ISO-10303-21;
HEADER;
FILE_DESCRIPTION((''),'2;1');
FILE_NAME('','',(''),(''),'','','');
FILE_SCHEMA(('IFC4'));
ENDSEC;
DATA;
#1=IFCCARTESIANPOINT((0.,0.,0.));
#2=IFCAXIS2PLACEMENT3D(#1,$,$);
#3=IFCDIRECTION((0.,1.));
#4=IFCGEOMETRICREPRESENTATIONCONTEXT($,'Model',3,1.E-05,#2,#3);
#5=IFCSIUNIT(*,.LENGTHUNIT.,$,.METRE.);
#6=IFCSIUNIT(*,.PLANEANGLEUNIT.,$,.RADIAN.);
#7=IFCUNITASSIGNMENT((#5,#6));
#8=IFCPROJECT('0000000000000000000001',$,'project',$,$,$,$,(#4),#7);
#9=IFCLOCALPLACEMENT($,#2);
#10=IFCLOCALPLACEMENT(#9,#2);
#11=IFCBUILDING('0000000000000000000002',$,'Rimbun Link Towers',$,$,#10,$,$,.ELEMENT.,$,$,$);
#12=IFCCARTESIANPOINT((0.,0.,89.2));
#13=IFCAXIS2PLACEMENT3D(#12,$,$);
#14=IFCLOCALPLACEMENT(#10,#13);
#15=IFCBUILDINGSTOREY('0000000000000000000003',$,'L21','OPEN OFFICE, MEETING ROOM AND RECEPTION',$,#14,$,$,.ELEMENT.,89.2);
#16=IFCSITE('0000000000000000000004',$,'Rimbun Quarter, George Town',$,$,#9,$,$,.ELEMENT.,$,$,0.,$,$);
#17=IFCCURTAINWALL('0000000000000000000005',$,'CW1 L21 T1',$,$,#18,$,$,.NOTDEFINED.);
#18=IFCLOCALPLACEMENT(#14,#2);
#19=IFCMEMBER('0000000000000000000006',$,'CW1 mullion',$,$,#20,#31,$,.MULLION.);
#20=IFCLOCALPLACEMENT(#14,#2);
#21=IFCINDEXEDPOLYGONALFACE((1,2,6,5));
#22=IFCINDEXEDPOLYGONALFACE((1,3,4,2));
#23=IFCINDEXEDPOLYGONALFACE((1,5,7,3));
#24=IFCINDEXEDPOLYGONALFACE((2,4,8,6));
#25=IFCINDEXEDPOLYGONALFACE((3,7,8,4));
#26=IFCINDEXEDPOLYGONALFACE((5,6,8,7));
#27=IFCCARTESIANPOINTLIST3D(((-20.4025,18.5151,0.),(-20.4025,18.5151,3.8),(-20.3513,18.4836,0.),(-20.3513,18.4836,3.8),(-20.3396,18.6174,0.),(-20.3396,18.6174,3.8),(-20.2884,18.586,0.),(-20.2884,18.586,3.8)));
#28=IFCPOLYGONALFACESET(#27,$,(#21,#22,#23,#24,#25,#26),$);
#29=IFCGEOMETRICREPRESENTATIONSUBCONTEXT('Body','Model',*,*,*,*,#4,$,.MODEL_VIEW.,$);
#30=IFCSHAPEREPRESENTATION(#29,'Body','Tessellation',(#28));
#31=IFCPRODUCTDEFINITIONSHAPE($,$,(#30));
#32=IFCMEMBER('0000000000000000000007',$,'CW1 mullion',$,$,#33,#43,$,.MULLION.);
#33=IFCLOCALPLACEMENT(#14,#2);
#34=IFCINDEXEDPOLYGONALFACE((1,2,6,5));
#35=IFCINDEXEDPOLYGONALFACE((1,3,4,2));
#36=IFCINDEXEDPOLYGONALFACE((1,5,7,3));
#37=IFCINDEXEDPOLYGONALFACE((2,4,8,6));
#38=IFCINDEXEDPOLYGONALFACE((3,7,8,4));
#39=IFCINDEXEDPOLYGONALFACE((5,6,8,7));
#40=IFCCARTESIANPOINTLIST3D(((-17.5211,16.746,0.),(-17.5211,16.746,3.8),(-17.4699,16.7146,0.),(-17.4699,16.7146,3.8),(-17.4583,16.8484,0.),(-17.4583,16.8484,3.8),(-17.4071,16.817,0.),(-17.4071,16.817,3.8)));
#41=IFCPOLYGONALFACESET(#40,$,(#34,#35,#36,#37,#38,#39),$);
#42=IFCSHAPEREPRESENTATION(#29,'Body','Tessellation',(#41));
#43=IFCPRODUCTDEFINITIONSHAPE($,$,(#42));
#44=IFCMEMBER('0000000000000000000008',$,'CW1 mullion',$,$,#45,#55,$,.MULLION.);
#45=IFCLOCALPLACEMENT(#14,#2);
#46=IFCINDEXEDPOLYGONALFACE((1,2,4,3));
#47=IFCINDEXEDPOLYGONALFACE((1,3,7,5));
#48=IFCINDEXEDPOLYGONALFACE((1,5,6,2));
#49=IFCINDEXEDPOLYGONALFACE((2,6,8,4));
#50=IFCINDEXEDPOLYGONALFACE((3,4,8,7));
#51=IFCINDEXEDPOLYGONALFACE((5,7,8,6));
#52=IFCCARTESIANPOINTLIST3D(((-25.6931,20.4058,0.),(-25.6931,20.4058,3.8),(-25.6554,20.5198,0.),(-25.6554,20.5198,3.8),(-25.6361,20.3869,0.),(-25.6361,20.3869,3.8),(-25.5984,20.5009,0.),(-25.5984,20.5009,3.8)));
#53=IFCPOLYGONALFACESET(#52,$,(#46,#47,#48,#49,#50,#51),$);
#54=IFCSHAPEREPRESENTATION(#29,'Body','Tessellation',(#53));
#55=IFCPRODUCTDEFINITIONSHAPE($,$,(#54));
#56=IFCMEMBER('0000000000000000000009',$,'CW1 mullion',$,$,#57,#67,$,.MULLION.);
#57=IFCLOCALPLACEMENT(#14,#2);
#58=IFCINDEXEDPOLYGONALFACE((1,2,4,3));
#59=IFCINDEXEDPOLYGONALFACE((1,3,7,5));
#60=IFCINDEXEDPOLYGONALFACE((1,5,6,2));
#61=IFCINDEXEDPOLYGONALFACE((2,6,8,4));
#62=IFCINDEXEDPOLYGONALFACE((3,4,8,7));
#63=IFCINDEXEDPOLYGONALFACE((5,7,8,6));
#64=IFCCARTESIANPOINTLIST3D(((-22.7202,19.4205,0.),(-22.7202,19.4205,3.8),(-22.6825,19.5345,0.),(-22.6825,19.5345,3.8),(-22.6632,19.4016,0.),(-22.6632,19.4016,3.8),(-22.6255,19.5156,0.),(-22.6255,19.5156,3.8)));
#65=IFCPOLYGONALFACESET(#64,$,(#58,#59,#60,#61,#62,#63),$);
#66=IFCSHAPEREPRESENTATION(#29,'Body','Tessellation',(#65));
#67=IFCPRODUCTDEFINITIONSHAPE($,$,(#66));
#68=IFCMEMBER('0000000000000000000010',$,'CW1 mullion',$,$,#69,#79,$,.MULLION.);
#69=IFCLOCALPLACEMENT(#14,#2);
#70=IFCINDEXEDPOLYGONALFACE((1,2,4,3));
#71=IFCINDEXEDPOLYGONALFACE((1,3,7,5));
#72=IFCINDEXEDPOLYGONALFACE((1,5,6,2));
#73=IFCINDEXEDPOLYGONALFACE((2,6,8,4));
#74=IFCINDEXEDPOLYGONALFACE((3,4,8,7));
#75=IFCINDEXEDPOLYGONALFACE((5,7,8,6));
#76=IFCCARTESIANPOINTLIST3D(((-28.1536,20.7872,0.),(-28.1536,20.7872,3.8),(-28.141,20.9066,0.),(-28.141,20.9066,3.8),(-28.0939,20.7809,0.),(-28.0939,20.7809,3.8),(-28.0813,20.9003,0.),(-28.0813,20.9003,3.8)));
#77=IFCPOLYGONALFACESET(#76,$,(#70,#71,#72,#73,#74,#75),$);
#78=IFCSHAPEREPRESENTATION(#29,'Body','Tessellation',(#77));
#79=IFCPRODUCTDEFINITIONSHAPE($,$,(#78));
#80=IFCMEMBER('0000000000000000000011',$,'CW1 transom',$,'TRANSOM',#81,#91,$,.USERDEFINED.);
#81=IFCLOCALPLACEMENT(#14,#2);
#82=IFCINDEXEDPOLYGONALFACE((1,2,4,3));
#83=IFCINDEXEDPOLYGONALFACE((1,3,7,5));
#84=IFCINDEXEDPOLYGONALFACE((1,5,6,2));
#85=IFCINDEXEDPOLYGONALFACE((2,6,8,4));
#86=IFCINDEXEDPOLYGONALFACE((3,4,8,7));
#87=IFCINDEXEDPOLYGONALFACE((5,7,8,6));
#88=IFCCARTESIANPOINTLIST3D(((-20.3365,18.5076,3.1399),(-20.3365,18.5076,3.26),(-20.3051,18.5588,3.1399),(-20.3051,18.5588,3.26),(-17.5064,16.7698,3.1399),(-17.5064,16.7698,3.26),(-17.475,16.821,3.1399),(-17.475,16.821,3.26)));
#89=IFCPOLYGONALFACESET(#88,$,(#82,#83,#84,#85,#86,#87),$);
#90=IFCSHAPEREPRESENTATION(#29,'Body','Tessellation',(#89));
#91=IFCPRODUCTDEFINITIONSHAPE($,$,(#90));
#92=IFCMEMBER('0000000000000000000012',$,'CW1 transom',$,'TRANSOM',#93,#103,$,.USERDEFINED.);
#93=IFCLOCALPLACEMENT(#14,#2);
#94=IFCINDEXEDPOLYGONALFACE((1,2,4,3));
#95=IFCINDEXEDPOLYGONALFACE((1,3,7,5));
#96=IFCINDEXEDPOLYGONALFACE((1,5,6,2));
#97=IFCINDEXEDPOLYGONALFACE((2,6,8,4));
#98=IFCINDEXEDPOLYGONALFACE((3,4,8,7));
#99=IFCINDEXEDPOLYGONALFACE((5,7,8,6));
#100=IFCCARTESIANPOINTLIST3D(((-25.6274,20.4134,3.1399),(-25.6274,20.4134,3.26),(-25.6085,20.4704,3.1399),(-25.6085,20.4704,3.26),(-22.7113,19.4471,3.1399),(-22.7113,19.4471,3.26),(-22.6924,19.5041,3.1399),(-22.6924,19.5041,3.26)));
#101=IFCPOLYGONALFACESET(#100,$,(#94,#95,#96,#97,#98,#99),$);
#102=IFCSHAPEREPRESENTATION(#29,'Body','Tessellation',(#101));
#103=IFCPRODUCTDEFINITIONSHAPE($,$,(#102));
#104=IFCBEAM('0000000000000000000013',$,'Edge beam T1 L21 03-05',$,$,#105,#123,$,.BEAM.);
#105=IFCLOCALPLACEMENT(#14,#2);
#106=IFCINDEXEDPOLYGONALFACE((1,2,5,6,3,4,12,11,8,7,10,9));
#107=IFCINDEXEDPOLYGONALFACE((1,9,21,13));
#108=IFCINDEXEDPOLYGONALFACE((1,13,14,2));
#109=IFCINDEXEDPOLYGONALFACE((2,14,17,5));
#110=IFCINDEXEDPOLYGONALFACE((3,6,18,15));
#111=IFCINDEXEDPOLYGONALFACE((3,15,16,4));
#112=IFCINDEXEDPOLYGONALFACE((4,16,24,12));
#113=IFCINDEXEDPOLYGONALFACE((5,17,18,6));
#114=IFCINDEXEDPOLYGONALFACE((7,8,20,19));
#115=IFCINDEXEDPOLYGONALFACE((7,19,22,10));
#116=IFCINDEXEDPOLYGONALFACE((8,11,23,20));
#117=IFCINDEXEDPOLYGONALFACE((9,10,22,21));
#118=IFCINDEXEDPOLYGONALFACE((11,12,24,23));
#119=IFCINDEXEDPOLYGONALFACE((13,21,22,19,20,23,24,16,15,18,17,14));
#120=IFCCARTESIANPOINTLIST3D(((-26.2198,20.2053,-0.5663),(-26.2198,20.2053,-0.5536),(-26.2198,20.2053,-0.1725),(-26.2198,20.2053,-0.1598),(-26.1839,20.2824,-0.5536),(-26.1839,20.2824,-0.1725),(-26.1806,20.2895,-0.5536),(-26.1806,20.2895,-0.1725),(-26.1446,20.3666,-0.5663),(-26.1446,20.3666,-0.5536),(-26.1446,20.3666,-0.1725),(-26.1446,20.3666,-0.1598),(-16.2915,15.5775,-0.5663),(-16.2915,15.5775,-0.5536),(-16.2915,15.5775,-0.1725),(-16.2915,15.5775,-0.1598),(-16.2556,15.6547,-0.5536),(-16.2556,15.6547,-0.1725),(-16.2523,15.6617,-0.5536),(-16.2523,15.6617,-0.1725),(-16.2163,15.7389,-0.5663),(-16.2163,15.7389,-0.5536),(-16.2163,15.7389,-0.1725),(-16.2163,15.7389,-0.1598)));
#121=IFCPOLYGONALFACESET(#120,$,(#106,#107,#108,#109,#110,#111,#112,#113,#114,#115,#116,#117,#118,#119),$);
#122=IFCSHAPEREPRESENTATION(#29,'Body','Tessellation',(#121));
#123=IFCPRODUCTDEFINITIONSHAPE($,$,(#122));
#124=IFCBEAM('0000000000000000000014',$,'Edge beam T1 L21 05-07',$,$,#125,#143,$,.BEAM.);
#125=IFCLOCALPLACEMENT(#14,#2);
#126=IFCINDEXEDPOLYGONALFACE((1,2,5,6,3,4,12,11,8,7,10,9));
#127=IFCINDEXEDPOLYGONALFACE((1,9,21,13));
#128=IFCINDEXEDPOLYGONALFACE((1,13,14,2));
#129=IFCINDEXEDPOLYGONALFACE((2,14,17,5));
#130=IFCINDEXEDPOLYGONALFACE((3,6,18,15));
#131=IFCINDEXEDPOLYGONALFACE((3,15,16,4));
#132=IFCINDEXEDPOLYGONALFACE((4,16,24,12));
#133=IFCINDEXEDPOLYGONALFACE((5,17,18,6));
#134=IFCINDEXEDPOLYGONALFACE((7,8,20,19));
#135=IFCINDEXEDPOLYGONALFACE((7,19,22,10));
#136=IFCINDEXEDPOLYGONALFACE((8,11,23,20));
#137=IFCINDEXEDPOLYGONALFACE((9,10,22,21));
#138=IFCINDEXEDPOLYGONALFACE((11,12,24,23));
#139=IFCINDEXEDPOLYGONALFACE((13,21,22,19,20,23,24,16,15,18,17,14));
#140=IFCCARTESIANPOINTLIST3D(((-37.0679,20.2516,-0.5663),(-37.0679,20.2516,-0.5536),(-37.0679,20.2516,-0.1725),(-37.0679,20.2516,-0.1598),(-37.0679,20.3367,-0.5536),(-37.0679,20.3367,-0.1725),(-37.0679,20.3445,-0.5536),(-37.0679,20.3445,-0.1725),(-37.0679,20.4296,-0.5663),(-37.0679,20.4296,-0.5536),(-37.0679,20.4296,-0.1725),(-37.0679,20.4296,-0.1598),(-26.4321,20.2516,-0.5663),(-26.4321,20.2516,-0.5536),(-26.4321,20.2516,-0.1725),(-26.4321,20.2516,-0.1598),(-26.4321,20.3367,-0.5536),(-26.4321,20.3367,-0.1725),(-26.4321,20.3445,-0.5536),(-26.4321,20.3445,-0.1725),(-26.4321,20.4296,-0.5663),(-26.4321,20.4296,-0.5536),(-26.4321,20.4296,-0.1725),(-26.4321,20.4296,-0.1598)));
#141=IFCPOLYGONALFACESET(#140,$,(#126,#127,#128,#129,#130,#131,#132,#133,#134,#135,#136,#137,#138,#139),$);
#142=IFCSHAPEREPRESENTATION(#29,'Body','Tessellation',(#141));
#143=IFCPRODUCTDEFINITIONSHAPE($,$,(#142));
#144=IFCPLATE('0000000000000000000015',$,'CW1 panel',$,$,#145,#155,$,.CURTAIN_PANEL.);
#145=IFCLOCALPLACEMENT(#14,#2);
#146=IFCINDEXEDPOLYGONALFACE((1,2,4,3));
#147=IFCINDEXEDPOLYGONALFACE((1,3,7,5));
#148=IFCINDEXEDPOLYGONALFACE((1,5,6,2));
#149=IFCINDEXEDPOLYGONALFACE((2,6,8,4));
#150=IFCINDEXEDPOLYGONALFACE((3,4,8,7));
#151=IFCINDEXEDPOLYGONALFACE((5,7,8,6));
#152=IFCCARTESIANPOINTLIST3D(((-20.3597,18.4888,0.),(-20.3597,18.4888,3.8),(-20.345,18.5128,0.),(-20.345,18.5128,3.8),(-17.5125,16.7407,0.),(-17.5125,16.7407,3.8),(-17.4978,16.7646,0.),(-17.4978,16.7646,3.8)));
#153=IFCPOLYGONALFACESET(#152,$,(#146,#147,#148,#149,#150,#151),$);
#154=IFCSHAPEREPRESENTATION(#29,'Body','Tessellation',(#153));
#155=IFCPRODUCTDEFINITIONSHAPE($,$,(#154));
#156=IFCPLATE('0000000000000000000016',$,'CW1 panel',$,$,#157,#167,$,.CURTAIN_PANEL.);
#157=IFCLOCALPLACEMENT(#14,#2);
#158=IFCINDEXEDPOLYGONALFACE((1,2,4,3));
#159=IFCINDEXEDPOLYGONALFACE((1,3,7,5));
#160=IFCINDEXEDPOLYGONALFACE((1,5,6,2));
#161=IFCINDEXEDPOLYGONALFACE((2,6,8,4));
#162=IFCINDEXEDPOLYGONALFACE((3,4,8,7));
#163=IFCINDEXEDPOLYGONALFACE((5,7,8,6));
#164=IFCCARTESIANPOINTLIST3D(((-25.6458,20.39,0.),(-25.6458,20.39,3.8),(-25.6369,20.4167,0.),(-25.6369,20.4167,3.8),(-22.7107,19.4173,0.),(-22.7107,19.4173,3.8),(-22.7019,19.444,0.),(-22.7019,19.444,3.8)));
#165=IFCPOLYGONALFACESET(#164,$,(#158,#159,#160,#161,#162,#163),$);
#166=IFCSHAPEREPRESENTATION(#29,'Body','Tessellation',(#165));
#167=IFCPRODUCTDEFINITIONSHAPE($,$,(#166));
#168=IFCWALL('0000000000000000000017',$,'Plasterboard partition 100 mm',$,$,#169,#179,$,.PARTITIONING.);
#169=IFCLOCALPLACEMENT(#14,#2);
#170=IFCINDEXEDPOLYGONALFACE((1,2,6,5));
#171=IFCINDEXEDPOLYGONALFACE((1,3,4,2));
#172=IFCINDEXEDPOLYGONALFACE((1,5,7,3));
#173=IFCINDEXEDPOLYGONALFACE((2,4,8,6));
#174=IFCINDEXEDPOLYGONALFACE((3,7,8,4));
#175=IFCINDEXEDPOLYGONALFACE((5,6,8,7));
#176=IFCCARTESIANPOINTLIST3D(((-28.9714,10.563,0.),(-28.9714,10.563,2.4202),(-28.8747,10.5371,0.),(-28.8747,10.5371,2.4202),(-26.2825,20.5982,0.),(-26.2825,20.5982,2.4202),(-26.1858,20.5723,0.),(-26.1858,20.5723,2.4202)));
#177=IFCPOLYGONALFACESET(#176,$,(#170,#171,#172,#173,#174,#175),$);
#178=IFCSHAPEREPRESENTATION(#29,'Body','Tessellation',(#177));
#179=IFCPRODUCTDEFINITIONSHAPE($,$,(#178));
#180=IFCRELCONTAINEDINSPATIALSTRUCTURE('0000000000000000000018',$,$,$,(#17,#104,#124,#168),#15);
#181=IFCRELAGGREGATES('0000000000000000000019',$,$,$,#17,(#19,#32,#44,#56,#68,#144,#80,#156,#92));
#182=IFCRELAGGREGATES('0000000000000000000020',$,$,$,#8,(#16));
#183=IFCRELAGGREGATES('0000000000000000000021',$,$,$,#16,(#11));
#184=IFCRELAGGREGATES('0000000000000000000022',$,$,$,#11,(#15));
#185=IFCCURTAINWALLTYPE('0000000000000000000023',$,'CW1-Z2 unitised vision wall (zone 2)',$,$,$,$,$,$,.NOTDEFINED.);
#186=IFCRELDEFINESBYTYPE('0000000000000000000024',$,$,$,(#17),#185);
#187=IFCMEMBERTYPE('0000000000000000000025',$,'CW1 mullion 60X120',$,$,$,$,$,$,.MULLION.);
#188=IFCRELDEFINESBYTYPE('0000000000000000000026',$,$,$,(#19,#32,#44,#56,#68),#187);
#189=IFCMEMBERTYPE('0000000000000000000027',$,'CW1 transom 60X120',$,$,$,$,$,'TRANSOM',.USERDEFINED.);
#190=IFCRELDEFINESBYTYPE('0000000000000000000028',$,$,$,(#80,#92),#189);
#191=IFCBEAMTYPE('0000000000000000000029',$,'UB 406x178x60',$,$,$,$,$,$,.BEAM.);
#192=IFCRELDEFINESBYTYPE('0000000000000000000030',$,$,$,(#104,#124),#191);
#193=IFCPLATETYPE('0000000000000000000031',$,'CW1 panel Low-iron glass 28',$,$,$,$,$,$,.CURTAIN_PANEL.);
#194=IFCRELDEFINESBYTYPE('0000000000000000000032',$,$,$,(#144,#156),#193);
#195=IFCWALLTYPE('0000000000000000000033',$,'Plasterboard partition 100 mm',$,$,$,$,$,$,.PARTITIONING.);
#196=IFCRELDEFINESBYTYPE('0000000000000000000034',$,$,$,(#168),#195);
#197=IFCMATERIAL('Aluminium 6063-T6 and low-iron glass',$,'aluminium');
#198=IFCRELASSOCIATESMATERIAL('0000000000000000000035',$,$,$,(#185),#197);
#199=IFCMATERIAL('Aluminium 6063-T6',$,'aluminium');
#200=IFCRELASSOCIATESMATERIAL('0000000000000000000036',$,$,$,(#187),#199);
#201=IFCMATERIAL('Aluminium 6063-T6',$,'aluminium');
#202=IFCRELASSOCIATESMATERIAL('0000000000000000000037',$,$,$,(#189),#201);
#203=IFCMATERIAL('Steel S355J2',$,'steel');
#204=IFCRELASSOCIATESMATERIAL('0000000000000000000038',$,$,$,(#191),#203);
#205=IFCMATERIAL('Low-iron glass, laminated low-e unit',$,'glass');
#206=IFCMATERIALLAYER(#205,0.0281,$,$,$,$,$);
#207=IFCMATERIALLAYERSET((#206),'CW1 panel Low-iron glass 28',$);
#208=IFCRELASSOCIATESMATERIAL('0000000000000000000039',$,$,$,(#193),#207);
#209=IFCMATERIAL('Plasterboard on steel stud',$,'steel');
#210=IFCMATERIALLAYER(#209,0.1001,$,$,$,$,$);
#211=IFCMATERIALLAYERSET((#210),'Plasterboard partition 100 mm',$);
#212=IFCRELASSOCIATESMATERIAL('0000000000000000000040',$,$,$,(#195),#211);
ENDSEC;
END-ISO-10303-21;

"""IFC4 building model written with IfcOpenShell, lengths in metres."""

from ifc_helpers import new_model, si_unit, direction, frame, frame_2d, origin, origin_2d, place, context, subcontext, project, spatial, rectangle, i_section, extrude, material, layer, layer_set, material_profile, profile_set, type_object, element, aggregate, save


model = new_model("IFC4")

# Units and contexts
model_context = context("Model", 3, precision=1e-05, world=origin(), true_north=direction((0.0, 1.0)))
body_context = subcontext(model_context, "Body", "Model", "MODEL_VIEW")
ifc_project = project(units=[si_unit("LENGTHUNIT", "METRE"), si_unit("PLANEANGLEUNIT", "RADIAN")], contexts=[model_context])

# Site, building, storey
site_placement = place(None, origin())
site = spatial("IfcSite", under=ifc_project, at=site_placement, Name="Rimbun Quarter, George Town", CompositionType="ELEMENT", RefElevation=0.0)
building_placement = place(site_placement, origin())
building = spatial("IfcBuilding", under=site, at=building_placement, Name="Rimbun Link Towers", CompositionType="ELEMENT")
storey_placement = place(building_placement, frame((0.0, 0.0, 89.2)))
storey = spatial("IfcBuildingStorey", under=building, at=storey_placement, Name="L21", Description="OPEN OFFICE, MEETING ROOM AND RECEPTION", CompositionType="ELEMENT", Elevation=89.2)

# Curtain wall, members
ifc_material_1 = material(Name="Aluminium 6063-T6 and low-iron glass", Category="aluminium")
curtain_wall_type = type_object("IfcCurtainWallType", Name="CW1-Z2 unitised vision wall (zone 2)", PredefinedType="NOTDEFINED", material=ifc_material_1)
curtain_wall_placement = place(storey_placement, origin())
curtain_wall = element("IfcCurtainWall", 1, at=curtain_wall_placement, inside=storey, type_object=curtain_wall_type, Name="CW1 L21 T1", PredefinedType="NOTDEFINED")
ifc_material_2 = material(Name="Aluminium 6063-T6", Category="aluminium")
ifc_material_profile_1 = material_profile(ifc_material_2, rectangle(XDim=0.1201, YDim=0.0601, at=origin_2d()), Name="MULLION 60X120")
ifc_profile_set_1 = profile_set([ifc_material_profile_1], Name="Aluminium 6063-T6")
member_type_1 = type_object("IfcMemberType", Name="CW1 mullion 60X120", PredefinedType="MULLION", material=ifc_profile_set_1)
member_1_placement = place(storey_placement, frame((-20.3455, 18.5505, 0.0), z_axis=(0.0, 0.0, 1.0), x_axis=(0.523237, 0.852187, 0.0)))
member_1 = element("IfcMember", 2, at=member_1_placement, type_object=member_type_1, Name="CW1 mullion", PredefinedType="MULLION", context=body_context, shape_type="SweptSolid", body=[
    extrude(rectangle(XDim=0.1201, YDim=0.0601, at=origin_2d()), origin(), (0.0, 0.0, 1.0), 3.8),
])
member_2_placement = place(storey_placement, frame((-17.4641, 16.7815, 0.0), z_axis=(0.0, 0.0, 1.0), x_axis=(0.523237, 0.852187, 0.0)))
member_2 = element("IfcMember", 3, at=member_2_placement, type_object=member_type_1, Name="CW1 mullion", PredefinedType="MULLION", context=body_context, shape_type="SweptSolid", body=[
    extrude(rectangle(XDim=0.1201, YDim=0.0601, at=origin_2d()), origin(), (0.0, 0.0, 1.0), 3.8),
])
member_3_placement = place(storey_placement, frame((-25.6458, 20.4534, 0.0), z_axis=(0.0, 0.0, 1.0), x_axis=(0.314576, 0.949232, 0.0)))
member_3 = element("IfcMember", 4, at=member_3_placement, type_object=member_type_1, Name="CW1 mullion", PredefinedType="MULLION", context=body_context, shape_type="SweptSolid", body=[
    extrude(rectangle(XDim=0.1201, YDim=0.0601, at=origin_2d()), origin(), (0.0, 0.0, 1.0), 3.8),
])
member_4_placement = place(storey_placement, frame((-22.6729, 19.468, 0.0), z_axis=(0.0, 0.0, 1.0), x_axis=(0.314576, 0.949232, 0.0)))
member_4 = element("IfcMember", 5, at=member_4_placement, type_object=member_type_1, Name="CW1 mullion", PredefinedType="MULLION", context=body_context, shape_type="SweptSolid", body=[
    extrude(rectangle(XDim=0.1201, YDim=0.0601, at=origin_2d()), origin(), (0.0, 0.0, 1.0), 3.8),
])
member_5_placement = place(storey_placement, frame((-28.1174, 20.8438, 0.0), z_axis=(0.0, 0.0, 1.0), x_axis=(0.104736, 0.9945, 0.0)))
member_5 = element("IfcMember", 6, at=member_5_placement, type_object=member_type_1, Name="CW1 mullion", PredefinedType="MULLION", context=body_context, shape_type="SweptSolid", body=[
    extrude(rectangle(XDim=0.1201, YDim=0.0601, at=origin_2d()), origin(), (0.0, 0.0, 1.0), 3.8),
])
ifc_material_3 = material(Name="Aluminium 6063-T6", Category="aluminium")
ifc_material_profile_2 = material_profile(ifc_material_3, rectangle(XDim=0.0601, YDim=0.1201, at=origin_2d()), Name="TRANSOM 60X120")
ifc_profile_set_2 = profile_set([ifc_material_profile_2], Name="Aluminium 6063-T6")
member_type_2 = type_object("IfcMemberType", Name="CW1 transom 60X120", ElementType="TRANSOM", PredefinedType="USERDEFINED", material=ifc_profile_set_2)
member_6_placement = place(storey_placement, frame((-20.3208, 18.5332, 3.2), z_axis=(0.852168, -0.523269, 0.0), x_axis=(0.523269, 0.852168, 0.0)))
member_6 = element("IfcMember", 7, at=member_6_placement, type_object=member_type_2, Name="CW1 transom", ObjectType="TRANSOM", PredefinedType="USERDEFINED", context=body_context, shape_type="SweptSolid", body=[
    extrude(rectangle(XDim=0.0601, YDim=0.1201, at=origin_2d()), origin(), (0.0, 0.0, 1.0), 3.321),
])
member_7_placement = place(storey_placement, frame((-25.6179, 20.4419, 3.2), z_axis=(0.949238, -0.314558, 0.0), x_axis=(0.314558, 0.949238, 0.0)))
member_7 = element("IfcMember", 8, at=member_7_placement, type_object=member_type_2, Name="CW1 transom", ObjectType="TRANSOM", PredefinedType="USERDEFINED", context=body_context, shape_type="SweptSolid", body=[
    extrude(rectangle(XDim=0.0601, YDim=0.1201, at=origin_2d()), origin(), (0.0, 0.0, 1.0), 3.072),
])

# Beams
ifc_material_4 = material(Name="Steel S355J2", Category="steel")
ifc_material_profile_3 = material_profile(ifc_material_4, i_section(OverallWidth=0.178, OverallDepth=0.4065, WebThickness=0.0078, FlangeThickness=0.0127, at=origin_2d()), Name="UB 406x178x60")
ifc_profile_set_3 = profile_set([ifc_material_profile_3], Name="Steel S355J2")
beam_type = type_object("IfcBeamType", Name="UB 406x178x60", PredefinedType="BEAM", material=ifc_profile_set_3)
beam_1_placement = place(storey_placement, frame((-16.2539, 15.6582, -0.363), z_axis=(-0.906375, 0.422474, 0.0), x_axis=(-0.422474, -0.906375, 0.0)))
element("IfcBeam", 9, at=beam_1_placement, inside=storey, type_object=beam_type, Name="Edge beam T1 L21 03-05", PredefinedType="BEAM", context=body_context, shape_type="SweptSolid", body=[
    extrude(i_section(OverallWidth=0.178, OverallDepth=0.4065, WebThickness=0.0078, FlangeThickness=0.0127, at=origin_2d()), origin(), (0.0, 0.0, 1.0), 10.9539),
])
beam_2_placement = place(storey_placement, frame((-26.4321, 20.3406, -0.363), z_axis=(-1.0, 0.0, 0.0), x_axis=(0.0, -1.0, 0.0)))
element("IfcBeam", 10, at=beam_2_placement, inside=storey, type_object=beam_type, Name="Edge beam T1 L21 05-07", PredefinedType="BEAM", context=body_context, shape_type="SweptSolid", body=[
    extrude(i_section(OverallWidth=0.178, OverallDepth=0.4065, WebThickness=0.0078, FlangeThickness=0.0127, at=origin_2d()), origin(), (0.0, 0.0, 1.0), 10.6357),
])

# Plates
ifc_material_5 = material(Name="Low-iron glass, laminated low-e unit", Category="glass")
ifc_layer_1 = layer(ifc_material_5, 0.0281)
ifc_layer_set_1 = layer_set([ifc_layer_1], Name="CW1 panel Low-iron glass 28")
plate_type = type_object("IfcPlateType", Name="CW1 panel Low-iron glass 28", PredefinedType="CURTAIN_PANEL", material=ifc_layer_set_1)
plate_1_placement = place(storey_placement, frame((-18.9287, 17.6267, 0.0), z_axis=(0.0, 0.0, 1.0), x_axis=(0.852187, -0.523237, 0.0)))
plate_1 = element("IfcPlate", 11, at=plate_1_placement, type_object=plate_type, Name="CW1 panel", PredefinedType="CURTAIN_PANEL", context=body_context, shape_type="SweptSolid", body=[
    extrude(rectangle(XDim=3.3411, YDim=0.0281, at=origin_2d()), origin(), (0.0, 0.0, 1.0), 3.8),
])
plate_2_placement = place(storey_placement, frame((-24.1738, 19.917, 0.0), z_axis=(0.0, 0.0, 1.0), x_axis=(0.949232, -0.314576, 0.0)))
plate_2 = element("IfcPlate", 12, at=plate_2_placement, type_object=plate_type, Name="CW1 panel", PredefinedType="CURTAIN_PANEL", context=body_context, shape_type="SweptSolid", body=[
    extrude(rectangle(XDim=3.092, YDim=0.0281, at=origin_2d()), origin(), (0.0, 0.0, 1.0), 3.8),
])
aggregate(curtain_wall, [member_1, member_2, member_3, member_4, member_5, plate_1, member_6, plate_2, member_7])

# Wall
ifc_material_6 = material(Name="Plasterboard on steel stud", Category="steel")
ifc_layer_2 = layer(ifc_material_6, 0.1001)
ifc_layer_set_2 = layer_set([ifc_layer_2], Name="Plasterboard partition 100 mm")
wall_type = type_object("IfcWallType", Name="Plasterboard partition 100 mm", PredefinedType="PARTITIONING", material=ifc_layer_set_2)
wall_placement = place(storey_placement, frame((-26.2341, 20.5852, 0.0), z_axis=(0.0, 0.0, 1.0), x_axis=(-0.258824, -0.965925, 0.0)))
element("IfcWall", 13, at=wall_placement, inside=storey, type_object=wall_type, Name="Plasterboard partition 100 mm", PredefinedType="PARTITIONING", context=body_context, shape_type="SweptSolid", body=[
    extrude(rectangle(XDim=10.3892, YDim=0.1001, at=frame_2d((5.1946, 0.0))), origin(), (0.0, 0.0, 1.0), 2.4202),
])

save(model, "model.ifc")
